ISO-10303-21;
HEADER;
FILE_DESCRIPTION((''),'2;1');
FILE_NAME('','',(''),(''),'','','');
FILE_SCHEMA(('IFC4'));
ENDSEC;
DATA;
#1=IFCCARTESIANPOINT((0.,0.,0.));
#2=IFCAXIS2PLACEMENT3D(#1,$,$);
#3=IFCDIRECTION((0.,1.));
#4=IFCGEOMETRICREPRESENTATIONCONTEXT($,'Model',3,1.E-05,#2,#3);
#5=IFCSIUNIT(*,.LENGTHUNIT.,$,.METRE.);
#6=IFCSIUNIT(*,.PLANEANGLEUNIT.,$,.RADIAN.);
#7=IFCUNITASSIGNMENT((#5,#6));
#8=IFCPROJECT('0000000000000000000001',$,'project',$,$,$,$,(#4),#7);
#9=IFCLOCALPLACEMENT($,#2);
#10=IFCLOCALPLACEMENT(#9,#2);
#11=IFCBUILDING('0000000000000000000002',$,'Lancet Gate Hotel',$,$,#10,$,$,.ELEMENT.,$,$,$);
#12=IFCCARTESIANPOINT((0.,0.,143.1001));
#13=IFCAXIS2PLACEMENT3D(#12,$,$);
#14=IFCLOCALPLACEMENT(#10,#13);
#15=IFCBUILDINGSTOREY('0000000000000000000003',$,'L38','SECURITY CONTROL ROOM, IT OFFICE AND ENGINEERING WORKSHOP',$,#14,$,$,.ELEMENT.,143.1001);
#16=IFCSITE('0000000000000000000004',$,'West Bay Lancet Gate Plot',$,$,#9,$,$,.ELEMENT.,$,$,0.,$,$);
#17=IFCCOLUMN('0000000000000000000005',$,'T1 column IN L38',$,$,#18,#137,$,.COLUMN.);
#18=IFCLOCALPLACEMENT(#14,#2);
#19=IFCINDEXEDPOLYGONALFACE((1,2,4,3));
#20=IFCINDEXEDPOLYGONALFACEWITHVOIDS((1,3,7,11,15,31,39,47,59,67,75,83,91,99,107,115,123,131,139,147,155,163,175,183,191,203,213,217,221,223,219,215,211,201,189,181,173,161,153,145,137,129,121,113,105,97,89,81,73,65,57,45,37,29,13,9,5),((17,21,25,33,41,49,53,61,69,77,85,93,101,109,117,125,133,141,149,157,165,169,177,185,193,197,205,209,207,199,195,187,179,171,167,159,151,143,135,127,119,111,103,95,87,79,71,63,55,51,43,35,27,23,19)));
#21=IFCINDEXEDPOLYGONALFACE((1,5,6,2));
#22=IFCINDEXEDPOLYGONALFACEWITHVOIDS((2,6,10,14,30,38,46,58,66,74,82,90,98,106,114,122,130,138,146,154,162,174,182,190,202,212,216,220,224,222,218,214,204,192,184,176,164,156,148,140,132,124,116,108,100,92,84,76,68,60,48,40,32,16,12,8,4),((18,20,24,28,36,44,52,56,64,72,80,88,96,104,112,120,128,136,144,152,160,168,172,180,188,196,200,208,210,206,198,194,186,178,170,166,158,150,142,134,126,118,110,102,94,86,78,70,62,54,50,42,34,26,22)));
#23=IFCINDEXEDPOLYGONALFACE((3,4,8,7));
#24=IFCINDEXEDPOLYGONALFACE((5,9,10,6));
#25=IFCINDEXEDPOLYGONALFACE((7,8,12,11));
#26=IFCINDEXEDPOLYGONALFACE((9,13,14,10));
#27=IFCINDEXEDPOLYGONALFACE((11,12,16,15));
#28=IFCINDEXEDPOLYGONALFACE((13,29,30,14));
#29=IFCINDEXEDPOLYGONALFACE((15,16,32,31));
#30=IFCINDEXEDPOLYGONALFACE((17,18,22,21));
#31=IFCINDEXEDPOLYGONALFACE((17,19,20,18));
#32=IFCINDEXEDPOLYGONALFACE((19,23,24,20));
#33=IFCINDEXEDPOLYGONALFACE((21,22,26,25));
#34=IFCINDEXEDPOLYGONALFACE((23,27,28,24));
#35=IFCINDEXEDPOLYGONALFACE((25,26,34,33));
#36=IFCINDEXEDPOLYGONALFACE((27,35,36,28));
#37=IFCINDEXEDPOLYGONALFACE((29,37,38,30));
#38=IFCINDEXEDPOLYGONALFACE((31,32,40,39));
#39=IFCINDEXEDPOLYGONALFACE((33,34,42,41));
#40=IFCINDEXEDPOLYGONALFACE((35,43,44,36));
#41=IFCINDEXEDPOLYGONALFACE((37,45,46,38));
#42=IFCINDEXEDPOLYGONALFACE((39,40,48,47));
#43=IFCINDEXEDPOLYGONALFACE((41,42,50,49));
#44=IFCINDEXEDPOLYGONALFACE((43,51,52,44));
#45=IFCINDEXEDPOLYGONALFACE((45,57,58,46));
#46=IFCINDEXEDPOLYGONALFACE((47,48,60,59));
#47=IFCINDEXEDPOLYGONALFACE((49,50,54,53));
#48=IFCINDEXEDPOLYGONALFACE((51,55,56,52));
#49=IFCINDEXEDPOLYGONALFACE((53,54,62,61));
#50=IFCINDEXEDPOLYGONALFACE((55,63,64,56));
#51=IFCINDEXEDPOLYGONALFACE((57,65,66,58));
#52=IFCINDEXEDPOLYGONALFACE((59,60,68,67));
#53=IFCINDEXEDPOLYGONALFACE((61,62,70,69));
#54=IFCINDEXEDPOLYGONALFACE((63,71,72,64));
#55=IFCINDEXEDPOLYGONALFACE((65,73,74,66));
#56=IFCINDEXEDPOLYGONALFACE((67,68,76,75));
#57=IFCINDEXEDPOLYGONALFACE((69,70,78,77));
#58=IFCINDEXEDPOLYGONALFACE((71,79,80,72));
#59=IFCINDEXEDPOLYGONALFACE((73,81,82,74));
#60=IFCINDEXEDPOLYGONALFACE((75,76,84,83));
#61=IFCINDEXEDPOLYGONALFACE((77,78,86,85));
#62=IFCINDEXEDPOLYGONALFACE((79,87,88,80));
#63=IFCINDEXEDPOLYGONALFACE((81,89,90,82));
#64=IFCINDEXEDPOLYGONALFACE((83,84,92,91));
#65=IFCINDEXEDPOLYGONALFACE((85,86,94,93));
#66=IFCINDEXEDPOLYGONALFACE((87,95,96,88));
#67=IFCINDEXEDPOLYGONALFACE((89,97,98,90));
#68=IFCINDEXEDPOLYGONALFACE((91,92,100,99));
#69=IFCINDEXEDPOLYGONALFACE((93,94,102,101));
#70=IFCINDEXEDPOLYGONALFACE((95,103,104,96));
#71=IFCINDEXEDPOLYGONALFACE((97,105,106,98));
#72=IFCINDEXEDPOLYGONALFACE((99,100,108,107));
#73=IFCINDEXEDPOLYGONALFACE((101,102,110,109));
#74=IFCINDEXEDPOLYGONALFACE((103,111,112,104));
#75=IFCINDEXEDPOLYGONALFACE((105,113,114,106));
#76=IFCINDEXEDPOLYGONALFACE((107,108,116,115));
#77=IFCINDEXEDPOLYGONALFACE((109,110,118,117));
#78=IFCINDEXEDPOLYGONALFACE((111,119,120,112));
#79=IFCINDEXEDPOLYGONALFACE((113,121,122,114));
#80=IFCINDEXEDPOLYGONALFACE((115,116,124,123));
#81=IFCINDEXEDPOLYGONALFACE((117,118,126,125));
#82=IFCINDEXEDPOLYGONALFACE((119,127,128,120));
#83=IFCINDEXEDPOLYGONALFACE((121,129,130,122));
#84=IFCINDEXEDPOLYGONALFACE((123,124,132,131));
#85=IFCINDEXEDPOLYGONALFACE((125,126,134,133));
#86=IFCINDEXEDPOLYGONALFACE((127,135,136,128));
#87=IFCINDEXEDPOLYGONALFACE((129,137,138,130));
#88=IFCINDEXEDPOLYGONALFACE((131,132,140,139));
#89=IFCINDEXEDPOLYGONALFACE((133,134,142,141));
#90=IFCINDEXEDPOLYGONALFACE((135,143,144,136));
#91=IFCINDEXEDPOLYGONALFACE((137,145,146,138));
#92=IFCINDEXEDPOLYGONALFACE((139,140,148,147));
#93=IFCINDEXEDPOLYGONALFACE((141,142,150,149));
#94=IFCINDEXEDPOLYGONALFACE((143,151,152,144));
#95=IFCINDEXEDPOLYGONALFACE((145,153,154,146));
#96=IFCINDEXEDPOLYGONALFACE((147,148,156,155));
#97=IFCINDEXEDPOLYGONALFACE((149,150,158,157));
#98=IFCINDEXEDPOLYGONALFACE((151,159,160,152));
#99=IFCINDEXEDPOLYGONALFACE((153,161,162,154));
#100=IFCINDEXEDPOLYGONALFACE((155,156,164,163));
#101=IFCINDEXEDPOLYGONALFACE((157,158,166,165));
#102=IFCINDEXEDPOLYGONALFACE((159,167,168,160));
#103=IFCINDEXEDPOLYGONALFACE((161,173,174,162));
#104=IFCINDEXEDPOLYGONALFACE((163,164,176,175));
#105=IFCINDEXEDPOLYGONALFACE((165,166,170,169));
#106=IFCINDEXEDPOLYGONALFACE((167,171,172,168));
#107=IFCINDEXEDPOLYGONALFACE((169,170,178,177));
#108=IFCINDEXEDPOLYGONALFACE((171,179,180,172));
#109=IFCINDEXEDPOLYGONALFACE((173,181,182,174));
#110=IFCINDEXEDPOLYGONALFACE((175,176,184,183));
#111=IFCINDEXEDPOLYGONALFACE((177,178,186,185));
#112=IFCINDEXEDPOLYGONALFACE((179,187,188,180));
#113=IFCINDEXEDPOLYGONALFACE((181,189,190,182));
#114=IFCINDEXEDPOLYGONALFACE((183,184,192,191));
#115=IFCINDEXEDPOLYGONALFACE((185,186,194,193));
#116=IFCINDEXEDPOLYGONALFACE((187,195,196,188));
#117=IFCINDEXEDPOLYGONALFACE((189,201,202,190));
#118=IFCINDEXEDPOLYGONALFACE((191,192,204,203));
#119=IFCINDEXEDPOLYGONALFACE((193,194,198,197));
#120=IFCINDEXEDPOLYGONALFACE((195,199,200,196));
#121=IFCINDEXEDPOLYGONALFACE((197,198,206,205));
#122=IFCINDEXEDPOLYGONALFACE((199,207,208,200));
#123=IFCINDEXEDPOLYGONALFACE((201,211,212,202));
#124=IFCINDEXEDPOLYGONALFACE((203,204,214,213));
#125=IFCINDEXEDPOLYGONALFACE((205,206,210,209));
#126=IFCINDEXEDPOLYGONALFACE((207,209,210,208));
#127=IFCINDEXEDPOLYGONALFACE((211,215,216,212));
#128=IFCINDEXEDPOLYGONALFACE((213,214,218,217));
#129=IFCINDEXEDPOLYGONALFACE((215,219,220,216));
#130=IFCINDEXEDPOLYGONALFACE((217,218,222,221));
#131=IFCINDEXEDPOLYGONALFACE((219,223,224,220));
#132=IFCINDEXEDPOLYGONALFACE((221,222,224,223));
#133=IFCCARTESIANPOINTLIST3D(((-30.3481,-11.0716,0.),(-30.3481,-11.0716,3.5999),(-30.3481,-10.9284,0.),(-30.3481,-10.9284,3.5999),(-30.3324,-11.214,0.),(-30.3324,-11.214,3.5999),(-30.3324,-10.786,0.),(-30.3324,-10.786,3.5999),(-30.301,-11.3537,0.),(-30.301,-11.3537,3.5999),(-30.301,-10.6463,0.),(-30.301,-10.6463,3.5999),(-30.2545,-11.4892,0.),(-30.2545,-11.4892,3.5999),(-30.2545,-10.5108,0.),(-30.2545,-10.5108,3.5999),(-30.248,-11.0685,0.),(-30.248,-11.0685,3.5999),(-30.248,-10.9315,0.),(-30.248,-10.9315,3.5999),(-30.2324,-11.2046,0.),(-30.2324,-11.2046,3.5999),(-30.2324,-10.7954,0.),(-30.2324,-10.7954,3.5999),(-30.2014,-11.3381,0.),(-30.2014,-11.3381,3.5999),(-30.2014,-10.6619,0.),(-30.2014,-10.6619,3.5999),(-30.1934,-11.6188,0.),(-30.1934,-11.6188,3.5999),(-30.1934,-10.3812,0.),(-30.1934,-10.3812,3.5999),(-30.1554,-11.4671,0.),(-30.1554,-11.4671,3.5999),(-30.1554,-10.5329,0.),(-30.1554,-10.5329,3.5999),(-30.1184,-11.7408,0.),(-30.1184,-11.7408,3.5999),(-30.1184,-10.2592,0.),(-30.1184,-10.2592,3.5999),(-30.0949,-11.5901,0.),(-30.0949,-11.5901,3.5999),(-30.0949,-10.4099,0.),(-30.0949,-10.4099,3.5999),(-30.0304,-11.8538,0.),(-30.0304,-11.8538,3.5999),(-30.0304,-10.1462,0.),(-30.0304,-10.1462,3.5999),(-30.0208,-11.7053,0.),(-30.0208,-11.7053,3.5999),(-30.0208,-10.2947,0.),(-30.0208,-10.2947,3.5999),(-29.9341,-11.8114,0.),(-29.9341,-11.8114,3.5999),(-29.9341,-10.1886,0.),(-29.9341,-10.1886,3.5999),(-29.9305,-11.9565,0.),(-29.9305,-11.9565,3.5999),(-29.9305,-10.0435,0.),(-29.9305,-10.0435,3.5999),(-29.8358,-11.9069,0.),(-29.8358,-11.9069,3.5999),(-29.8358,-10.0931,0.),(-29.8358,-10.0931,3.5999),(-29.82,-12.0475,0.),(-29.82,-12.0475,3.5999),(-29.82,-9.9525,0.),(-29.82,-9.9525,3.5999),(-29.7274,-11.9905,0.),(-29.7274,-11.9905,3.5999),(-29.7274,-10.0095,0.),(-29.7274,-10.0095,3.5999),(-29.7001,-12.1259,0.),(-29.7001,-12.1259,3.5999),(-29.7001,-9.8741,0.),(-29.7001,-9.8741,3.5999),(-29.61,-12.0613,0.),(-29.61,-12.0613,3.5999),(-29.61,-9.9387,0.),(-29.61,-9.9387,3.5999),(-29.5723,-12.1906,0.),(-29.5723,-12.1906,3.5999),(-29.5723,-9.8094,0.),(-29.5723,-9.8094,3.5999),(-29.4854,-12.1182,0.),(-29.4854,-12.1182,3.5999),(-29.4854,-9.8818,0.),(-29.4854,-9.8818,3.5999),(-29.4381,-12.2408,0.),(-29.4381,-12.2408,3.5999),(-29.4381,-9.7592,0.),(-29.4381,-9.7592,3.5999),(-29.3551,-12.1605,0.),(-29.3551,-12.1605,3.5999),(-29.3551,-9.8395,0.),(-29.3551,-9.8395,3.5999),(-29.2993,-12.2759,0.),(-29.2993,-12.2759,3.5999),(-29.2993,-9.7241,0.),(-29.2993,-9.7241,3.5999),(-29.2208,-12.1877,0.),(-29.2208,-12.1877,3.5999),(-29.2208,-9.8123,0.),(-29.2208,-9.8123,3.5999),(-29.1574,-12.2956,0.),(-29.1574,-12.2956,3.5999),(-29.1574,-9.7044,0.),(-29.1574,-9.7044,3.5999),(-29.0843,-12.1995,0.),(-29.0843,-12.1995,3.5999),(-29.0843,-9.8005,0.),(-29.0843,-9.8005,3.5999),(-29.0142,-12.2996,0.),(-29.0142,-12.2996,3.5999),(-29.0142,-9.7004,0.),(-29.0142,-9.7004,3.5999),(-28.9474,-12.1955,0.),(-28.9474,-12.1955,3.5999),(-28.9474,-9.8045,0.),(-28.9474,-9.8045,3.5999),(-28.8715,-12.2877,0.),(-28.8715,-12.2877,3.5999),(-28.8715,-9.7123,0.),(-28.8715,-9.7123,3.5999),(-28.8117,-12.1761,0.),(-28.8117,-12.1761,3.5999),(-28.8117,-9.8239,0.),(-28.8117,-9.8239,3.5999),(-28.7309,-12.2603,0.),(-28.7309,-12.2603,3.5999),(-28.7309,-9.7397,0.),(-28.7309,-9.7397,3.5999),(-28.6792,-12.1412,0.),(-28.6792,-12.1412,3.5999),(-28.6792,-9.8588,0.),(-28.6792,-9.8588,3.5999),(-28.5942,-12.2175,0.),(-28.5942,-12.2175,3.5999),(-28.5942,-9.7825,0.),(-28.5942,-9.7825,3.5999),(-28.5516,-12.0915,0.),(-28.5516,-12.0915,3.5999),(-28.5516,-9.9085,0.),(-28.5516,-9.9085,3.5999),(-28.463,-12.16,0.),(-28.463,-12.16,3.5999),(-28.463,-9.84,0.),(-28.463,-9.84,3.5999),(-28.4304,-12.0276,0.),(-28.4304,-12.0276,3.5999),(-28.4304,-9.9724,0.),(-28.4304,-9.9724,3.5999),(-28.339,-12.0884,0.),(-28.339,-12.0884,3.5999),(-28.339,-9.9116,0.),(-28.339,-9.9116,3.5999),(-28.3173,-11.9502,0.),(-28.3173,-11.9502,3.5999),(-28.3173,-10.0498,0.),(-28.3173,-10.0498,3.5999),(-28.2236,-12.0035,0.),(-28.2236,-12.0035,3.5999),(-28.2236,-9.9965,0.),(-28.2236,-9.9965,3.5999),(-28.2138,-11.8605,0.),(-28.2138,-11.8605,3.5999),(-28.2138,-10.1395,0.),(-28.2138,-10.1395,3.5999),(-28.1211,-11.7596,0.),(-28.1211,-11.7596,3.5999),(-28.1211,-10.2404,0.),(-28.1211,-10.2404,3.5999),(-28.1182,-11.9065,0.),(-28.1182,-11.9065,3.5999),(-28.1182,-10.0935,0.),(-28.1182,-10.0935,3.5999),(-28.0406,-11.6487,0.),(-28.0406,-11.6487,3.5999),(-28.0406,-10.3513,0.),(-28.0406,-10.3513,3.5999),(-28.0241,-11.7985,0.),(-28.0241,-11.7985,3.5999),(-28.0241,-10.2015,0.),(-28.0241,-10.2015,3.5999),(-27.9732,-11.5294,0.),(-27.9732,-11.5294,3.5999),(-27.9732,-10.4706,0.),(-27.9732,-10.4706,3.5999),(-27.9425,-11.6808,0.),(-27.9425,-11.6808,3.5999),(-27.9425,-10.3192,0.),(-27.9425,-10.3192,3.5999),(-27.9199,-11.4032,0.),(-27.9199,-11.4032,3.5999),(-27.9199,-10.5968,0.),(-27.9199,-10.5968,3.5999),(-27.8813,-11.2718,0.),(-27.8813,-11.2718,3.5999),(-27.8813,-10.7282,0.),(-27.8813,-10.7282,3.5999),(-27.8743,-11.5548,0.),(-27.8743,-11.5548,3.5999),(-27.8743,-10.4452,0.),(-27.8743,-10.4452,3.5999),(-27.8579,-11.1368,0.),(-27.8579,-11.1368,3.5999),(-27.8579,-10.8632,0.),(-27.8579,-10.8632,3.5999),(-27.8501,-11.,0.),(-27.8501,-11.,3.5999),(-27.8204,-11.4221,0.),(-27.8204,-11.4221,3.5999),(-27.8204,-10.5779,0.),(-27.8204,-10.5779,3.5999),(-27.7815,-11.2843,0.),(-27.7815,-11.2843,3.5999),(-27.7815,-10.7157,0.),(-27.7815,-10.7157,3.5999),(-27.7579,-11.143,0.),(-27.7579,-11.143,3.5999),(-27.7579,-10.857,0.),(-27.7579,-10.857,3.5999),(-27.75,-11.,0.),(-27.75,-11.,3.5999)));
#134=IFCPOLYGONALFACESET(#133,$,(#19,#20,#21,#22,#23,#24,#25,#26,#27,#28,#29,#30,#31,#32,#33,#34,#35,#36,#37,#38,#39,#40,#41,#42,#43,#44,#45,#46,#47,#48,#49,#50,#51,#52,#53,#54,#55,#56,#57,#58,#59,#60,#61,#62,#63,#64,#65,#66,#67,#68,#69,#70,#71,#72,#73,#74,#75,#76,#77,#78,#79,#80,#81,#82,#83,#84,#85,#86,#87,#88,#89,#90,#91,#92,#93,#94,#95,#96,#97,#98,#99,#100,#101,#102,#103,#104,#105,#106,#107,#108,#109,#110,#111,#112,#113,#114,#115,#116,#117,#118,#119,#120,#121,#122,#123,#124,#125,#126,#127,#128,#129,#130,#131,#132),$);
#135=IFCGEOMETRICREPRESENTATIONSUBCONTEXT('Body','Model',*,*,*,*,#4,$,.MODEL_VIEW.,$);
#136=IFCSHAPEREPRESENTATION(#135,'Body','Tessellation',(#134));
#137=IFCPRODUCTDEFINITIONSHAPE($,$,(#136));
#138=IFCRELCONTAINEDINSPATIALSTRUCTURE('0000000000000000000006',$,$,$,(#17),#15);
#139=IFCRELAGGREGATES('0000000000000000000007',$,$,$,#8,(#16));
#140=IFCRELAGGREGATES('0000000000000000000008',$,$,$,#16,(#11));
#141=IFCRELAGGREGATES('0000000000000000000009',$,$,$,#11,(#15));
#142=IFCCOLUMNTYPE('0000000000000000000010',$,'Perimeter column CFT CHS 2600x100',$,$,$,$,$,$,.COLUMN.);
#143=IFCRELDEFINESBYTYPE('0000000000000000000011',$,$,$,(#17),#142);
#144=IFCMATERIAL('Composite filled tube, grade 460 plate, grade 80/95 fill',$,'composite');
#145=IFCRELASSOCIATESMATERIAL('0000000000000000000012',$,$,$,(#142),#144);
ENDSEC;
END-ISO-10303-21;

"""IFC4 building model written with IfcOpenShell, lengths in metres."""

from ifc_helpers import new_model, si_unit, direction, frame, origin, origin_2d, place, context, subcontext, project, spatial, hollow_circle, extrude, material, material_profile, profile_set, type_object, element, save


model = new_model("IFC4")

# Units and contexts
model_context = context("Model", 3, precision=1e-05, world=origin(), true_north=direction((0.0, 1.0)))
body_context = subcontext(model_context, "Body", "Model", "MODEL_VIEW")
ifc_project = project(units=[si_unit("LENGTHUNIT", "METRE"), si_unit("PLANEANGLEUNIT", "RADIAN")], contexts=[model_context])

# Site, building, storey
site_placement = place(None, origin())
site = spatial("IfcSite", under=ifc_project, at=site_placement, Name="West Bay Lancet Gate Plot", CompositionType="ELEMENT", RefElevation=0.0)
building_placement = place(site_placement, origin())
building = spatial("IfcBuilding", under=site, at=building_placement, Name="Lancet Gate Hotel", CompositionType="ELEMENT")
storey_placement = place(building_placement, frame((0.0, 0.0, 143.1001)))
storey = spatial("IfcBuildingStorey", under=building, at=storey_placement, Name="L38", Description="SECURITY CONTROL ROOM, IT OFFICE AND ENGINEERING WORKSHOP", CompositionType="ELEMENT", Elevation=143.1001)

# Column
ifc_material_1 = material(Name="Composite filled tube, grade 460 plate, grade 80/95 fill", Category="composite")
ifc_material_profile_1 = material_profile(ifc_material_1, hollow_circle(Radius=1.3, WallThickness=0.1001, at=origin_2d()), Name="CHS 2600x100")
ifc_profile_set_1 = profile_set([ifc_material_profile_1], Name="Composite filled tube, grade 460 plate, grade 80/95 fill")
column_type = type_object("IfcColumnType", Name="Perimeter column CFT CHS 2600x100", PredefinedType="COLUMN", material=ifc_profile_set_1)
for number, where, z_axis, x_axis, name in (
    (1, (-29.05, -11.0, 0.0), (0.0, 0.0, 1.0), (1.0, 0.0, 0.0), "T1 column IN L38"),
):
    element("IfcColumn", number, at=place(storey_placement, frame(where, z_axis=z_axis, x_axis=x_axis)), inside=storey, type_object=column_type, Name=name, PredefinedType="COLUMN", context=body_context, shape_type="SweptSolid", body=[
        extrude(hollow_circle(Radius=1.3, WallThickness=0.1001, at=origin_2d()), origin(), (0.0, 0.0, 1.0), 3.5999),
    ])

save(model, "model.ifc")
